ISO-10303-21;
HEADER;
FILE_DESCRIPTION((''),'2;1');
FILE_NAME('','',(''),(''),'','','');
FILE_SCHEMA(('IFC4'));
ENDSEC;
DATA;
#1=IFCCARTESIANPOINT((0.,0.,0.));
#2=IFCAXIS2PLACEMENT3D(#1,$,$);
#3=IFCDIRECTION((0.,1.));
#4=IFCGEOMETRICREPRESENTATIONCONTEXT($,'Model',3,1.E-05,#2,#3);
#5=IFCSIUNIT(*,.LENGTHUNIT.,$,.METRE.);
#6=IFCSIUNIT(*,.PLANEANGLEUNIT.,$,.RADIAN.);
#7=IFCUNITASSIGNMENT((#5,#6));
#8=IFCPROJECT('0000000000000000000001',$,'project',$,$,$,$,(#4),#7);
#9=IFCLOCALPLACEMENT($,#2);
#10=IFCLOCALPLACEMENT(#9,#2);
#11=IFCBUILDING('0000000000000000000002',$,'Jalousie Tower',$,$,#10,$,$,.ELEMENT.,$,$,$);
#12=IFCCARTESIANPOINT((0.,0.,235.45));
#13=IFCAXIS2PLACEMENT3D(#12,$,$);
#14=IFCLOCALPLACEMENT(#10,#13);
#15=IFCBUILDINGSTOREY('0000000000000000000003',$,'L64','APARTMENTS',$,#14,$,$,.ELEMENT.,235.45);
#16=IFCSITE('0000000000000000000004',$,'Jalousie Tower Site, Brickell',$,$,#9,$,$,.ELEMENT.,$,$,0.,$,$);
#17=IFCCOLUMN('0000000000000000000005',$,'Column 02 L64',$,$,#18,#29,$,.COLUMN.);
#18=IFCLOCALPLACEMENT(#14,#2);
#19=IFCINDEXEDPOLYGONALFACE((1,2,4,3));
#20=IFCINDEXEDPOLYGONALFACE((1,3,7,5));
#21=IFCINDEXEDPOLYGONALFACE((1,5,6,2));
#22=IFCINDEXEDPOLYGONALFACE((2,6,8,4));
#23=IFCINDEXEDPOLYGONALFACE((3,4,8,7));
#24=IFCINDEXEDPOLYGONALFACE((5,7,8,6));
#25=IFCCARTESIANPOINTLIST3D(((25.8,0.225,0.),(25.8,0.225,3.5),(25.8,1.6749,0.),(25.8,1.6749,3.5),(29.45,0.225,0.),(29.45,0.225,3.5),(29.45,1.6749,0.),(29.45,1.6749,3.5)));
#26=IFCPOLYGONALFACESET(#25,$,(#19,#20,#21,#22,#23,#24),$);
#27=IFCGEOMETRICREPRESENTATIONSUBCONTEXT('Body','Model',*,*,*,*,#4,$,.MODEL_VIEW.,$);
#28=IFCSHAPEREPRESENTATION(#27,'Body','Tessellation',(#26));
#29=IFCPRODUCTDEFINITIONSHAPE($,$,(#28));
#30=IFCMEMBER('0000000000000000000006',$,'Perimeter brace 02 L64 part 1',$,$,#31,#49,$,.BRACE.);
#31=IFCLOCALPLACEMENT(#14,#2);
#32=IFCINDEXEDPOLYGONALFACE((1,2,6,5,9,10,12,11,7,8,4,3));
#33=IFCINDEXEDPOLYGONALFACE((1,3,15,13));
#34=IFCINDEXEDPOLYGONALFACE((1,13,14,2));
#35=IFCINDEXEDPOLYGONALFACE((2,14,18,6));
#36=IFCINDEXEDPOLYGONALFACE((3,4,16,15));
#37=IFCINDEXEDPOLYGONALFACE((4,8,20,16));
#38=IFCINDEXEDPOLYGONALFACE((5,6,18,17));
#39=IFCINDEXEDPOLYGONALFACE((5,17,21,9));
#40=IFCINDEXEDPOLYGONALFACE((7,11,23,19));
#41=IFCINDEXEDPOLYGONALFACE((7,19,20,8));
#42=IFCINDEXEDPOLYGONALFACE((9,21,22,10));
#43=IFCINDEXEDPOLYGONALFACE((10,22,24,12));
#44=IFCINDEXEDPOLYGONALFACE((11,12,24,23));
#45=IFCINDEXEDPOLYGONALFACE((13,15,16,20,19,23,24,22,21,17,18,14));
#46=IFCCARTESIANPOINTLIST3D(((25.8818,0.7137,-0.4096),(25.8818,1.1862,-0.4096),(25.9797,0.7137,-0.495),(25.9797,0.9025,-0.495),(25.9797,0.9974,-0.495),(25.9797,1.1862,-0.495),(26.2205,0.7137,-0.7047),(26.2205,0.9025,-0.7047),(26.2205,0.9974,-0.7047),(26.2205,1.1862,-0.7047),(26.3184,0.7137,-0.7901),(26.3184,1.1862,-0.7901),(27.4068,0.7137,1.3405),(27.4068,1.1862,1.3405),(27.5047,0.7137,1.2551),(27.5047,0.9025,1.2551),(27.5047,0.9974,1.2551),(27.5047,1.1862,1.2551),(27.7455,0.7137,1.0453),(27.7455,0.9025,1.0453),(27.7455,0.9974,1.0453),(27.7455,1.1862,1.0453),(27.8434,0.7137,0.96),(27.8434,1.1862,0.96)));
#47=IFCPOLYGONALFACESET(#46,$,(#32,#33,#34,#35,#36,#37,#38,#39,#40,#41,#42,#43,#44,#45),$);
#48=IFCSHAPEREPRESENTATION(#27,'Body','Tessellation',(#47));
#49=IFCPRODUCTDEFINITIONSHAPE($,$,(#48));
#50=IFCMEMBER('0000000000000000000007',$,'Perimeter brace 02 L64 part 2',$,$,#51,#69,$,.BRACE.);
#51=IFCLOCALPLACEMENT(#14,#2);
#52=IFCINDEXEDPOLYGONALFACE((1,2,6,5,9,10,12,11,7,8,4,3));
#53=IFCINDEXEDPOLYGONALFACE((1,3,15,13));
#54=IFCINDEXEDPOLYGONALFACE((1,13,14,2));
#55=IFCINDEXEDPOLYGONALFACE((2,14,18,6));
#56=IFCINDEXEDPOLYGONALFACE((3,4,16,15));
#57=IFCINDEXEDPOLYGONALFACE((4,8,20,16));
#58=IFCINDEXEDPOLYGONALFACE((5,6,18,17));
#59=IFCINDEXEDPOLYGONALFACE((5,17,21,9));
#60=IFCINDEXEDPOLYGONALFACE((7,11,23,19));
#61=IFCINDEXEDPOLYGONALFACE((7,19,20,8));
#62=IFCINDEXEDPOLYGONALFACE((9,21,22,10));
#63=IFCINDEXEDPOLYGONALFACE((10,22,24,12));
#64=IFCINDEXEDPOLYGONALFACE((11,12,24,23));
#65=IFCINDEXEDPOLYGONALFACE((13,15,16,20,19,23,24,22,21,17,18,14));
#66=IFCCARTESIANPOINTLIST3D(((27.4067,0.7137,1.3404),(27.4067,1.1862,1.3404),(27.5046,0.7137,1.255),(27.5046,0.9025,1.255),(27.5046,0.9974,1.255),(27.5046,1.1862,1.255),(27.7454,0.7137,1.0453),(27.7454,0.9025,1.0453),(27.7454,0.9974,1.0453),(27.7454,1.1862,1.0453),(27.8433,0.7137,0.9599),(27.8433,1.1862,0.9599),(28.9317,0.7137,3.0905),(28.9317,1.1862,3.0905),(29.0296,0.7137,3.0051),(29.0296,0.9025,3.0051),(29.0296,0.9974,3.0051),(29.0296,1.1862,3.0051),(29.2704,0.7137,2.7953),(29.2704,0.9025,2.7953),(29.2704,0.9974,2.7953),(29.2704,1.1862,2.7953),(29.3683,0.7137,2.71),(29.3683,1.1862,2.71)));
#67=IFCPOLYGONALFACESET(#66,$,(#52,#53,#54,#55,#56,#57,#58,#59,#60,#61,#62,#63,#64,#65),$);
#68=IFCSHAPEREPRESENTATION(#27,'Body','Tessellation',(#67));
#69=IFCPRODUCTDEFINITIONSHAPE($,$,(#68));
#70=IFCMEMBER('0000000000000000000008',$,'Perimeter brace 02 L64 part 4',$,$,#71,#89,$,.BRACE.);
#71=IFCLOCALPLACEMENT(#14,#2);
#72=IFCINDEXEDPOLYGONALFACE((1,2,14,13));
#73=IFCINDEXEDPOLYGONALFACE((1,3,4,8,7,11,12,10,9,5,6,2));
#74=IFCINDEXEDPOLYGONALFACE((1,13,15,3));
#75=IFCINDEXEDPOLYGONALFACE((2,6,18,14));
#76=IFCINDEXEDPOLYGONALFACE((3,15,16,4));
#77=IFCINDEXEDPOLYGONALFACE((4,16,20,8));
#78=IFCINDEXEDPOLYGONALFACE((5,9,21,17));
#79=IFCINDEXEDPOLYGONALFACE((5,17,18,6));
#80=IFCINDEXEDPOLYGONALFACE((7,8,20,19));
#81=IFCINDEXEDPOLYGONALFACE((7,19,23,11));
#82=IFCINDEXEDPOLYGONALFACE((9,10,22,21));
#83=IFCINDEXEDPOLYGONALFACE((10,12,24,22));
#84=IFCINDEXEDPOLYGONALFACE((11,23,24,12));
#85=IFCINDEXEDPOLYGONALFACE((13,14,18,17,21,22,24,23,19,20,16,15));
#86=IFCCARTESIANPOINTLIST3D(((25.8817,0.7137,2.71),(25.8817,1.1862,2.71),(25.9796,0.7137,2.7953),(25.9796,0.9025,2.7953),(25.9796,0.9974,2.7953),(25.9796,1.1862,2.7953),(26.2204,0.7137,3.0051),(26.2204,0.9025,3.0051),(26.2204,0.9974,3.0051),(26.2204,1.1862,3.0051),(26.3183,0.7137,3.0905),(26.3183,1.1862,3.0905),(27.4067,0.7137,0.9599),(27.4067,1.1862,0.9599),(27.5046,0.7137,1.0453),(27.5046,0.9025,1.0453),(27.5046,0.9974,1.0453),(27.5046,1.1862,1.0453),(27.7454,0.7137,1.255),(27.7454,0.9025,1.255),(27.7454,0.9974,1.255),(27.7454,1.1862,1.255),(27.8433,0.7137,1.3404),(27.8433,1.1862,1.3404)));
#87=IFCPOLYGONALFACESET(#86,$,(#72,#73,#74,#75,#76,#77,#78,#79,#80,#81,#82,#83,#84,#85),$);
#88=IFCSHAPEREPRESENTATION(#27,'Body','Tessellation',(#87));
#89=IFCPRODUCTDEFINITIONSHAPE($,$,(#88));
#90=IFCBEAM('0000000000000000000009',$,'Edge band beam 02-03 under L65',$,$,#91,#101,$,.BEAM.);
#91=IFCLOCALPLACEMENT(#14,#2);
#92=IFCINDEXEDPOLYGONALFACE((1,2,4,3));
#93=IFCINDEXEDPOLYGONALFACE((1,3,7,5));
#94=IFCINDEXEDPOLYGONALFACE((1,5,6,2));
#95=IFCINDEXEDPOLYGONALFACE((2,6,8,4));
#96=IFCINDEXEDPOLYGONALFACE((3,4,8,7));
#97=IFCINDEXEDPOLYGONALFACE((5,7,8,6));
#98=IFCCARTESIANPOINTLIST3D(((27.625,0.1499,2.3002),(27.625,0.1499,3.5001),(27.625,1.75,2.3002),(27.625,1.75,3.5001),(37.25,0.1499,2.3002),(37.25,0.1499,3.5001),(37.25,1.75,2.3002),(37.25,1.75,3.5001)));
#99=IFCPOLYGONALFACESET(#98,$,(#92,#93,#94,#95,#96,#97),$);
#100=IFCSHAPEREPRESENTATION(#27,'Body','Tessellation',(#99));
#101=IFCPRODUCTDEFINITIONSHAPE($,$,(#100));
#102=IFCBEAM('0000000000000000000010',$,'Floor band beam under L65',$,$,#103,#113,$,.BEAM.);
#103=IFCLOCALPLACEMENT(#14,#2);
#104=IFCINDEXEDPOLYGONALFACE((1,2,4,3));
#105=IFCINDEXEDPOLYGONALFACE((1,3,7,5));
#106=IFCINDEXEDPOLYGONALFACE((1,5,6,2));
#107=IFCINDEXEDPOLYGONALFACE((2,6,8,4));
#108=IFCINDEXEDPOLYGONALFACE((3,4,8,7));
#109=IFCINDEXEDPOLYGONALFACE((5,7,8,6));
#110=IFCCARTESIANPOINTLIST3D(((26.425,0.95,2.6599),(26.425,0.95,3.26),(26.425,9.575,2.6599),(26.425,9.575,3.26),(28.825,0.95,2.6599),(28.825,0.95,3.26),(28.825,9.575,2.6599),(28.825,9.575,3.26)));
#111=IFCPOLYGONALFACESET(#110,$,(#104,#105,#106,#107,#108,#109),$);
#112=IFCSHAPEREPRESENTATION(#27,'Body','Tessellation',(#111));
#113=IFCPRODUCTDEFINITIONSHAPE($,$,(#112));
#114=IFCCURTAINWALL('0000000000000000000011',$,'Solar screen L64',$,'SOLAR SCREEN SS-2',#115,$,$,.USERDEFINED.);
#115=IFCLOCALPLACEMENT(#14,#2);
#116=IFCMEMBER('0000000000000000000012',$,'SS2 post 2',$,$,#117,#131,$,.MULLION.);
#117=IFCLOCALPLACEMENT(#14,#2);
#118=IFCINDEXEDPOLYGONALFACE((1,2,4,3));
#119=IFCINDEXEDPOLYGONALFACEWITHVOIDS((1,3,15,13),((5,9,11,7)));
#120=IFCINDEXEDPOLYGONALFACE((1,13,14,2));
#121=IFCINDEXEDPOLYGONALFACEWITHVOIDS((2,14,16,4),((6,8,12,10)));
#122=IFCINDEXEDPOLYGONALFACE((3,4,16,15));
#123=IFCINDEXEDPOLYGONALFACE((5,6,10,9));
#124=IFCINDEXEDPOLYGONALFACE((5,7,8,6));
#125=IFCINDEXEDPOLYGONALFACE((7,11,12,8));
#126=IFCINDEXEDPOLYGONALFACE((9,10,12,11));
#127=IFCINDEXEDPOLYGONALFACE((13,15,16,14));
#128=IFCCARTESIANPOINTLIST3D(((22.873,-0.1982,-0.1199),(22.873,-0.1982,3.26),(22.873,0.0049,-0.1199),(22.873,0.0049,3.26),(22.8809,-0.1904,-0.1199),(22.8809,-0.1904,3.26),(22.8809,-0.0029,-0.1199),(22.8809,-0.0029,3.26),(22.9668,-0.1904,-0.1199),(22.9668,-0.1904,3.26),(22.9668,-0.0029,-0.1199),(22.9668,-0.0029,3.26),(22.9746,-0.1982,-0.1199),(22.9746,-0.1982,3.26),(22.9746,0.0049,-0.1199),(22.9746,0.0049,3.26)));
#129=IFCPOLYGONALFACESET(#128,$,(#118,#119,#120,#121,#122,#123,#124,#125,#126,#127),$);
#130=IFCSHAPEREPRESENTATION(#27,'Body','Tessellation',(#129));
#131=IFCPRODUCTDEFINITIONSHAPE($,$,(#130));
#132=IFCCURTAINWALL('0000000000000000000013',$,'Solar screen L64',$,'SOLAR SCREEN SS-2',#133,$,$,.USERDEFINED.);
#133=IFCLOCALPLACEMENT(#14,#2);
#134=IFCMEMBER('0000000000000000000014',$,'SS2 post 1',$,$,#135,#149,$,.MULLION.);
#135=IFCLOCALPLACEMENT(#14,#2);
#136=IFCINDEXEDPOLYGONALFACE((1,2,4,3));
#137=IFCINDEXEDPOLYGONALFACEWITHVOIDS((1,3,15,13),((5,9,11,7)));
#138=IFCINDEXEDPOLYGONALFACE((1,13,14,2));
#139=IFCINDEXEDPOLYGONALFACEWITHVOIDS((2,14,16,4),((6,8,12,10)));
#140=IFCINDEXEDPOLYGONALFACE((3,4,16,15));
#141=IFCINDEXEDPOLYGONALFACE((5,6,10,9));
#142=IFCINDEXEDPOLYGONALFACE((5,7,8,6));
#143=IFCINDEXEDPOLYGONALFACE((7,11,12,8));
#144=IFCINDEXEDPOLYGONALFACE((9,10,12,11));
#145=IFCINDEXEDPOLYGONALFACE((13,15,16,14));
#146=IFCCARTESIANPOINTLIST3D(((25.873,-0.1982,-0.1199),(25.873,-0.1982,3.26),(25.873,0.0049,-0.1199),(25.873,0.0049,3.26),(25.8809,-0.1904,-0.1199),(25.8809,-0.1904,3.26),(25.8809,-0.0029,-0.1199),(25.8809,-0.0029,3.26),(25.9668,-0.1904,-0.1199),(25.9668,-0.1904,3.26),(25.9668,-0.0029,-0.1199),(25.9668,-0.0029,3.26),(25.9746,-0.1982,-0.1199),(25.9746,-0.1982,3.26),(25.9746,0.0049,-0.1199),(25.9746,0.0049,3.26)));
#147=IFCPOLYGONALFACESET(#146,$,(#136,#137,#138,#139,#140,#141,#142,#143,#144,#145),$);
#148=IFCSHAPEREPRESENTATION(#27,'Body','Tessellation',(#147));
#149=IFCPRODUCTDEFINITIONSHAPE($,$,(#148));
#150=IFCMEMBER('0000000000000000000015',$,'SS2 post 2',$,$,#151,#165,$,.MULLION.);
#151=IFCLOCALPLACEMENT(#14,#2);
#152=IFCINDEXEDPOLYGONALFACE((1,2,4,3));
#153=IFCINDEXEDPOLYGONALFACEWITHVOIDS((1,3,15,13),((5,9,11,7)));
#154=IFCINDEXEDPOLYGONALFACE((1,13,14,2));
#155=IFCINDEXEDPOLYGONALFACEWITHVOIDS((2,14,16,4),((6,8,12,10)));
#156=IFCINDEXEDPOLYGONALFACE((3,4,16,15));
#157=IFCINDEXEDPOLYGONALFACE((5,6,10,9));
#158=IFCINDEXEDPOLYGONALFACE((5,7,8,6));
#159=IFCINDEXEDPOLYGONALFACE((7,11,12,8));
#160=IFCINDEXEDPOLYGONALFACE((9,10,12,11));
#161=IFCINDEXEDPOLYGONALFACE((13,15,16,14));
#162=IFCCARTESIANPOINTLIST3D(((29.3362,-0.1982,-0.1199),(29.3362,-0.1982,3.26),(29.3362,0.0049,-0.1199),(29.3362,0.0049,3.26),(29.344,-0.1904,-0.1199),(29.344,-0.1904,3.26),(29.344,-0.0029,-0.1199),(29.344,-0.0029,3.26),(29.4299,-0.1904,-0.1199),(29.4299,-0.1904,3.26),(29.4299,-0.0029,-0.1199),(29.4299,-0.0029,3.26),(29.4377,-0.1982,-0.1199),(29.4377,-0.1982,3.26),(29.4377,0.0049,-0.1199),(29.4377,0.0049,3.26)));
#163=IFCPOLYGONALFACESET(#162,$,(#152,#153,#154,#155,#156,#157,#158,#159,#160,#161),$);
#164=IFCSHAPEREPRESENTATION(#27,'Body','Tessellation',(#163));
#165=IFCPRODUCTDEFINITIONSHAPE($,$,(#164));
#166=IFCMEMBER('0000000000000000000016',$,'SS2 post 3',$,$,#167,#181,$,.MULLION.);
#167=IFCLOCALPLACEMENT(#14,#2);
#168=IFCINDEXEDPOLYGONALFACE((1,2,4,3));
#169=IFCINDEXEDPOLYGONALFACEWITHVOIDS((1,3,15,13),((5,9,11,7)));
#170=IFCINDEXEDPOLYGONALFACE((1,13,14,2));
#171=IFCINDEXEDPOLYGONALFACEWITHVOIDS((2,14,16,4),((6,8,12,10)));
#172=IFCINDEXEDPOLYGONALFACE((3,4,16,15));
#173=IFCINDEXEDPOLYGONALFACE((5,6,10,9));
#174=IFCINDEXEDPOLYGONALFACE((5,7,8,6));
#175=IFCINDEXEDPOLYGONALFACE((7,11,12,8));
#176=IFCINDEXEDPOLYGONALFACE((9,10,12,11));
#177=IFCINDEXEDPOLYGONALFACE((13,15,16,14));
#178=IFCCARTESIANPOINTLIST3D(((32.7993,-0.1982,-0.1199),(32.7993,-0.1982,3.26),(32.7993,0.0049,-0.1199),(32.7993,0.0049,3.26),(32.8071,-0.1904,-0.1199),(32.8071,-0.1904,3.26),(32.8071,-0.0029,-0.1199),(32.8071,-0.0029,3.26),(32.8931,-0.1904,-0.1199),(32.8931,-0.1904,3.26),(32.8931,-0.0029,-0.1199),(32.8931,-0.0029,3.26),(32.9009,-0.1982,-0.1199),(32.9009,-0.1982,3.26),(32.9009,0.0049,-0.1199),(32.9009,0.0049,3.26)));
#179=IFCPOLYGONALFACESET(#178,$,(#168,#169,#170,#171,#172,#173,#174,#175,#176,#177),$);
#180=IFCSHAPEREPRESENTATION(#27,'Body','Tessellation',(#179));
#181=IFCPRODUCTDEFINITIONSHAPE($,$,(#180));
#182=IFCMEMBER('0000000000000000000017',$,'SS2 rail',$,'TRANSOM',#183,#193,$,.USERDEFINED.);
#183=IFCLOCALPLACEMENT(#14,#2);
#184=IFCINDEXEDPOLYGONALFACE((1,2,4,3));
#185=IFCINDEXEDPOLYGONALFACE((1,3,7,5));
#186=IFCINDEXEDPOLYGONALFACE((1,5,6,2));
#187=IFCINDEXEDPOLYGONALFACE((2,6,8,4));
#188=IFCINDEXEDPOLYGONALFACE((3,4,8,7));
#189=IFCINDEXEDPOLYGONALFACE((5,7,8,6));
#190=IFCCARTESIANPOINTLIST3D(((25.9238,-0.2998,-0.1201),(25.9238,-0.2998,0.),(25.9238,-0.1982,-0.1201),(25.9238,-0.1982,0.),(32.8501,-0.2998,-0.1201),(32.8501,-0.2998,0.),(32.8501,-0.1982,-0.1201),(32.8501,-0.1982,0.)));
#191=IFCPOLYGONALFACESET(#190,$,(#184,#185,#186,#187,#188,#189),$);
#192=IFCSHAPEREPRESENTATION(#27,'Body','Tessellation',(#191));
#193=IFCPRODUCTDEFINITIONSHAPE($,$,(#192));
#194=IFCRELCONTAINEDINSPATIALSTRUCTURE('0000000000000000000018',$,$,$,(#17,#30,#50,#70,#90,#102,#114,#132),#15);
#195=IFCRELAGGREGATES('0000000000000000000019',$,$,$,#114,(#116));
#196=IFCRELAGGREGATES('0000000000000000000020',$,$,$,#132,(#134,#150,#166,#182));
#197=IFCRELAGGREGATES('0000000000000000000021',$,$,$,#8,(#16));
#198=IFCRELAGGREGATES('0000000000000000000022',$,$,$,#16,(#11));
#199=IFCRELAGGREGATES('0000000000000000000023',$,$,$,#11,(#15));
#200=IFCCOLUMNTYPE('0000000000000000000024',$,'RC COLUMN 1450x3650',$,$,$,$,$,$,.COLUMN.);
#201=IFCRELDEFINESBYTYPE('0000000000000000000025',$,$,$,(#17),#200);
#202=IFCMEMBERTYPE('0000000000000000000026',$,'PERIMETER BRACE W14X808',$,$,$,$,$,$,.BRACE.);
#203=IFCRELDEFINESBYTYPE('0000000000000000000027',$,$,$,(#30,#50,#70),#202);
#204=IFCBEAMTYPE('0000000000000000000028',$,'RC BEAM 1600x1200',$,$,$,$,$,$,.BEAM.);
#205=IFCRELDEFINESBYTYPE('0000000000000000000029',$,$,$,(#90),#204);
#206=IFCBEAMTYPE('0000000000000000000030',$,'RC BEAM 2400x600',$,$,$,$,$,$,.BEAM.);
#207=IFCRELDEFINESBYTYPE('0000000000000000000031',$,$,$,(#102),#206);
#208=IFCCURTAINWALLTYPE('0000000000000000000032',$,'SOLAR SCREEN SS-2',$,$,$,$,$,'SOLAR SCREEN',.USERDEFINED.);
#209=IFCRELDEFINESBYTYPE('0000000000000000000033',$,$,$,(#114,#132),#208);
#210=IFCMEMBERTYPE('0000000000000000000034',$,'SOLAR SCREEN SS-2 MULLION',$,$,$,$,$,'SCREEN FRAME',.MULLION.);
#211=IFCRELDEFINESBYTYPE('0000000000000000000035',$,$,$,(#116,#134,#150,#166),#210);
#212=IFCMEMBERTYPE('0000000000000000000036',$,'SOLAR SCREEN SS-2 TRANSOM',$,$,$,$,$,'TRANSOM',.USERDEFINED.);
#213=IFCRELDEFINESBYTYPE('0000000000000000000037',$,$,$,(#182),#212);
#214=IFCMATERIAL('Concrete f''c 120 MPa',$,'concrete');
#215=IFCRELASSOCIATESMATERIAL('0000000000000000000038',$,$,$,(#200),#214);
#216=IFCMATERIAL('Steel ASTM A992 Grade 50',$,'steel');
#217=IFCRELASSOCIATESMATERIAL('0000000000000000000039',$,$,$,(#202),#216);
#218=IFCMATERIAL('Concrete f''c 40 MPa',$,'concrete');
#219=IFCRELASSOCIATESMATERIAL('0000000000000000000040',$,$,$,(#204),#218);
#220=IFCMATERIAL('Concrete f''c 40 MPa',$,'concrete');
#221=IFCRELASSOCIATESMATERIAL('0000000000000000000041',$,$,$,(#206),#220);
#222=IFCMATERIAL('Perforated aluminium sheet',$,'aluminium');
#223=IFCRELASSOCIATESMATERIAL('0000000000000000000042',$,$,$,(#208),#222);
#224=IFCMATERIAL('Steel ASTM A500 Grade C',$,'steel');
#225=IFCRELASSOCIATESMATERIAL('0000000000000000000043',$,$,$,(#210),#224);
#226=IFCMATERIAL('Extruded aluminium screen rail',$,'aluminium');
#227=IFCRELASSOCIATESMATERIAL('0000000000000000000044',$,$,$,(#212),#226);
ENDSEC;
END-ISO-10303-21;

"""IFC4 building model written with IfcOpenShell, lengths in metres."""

from ifc_helpers import new_model, si_unit, direction, frame, origin, origin_2d, place, context, subcontext, project, spatial, rectangle, hollow_rectangle, i_section, extrude, material, material_profile, profile_set, type_object, element, aggregate, save


model = new_model("IFC4")

# Units and contexts
model_context = context("Model", 3, precision=1e-05, world=origin(), true_north=direction((0.0, 1.0)))
body_context = subcontext(model_context, "Body", "Model", "MODEL_VIEW")
ifc_project = project(units=[si_unit("LENGTHUNIT", "METRE"), si_unit("PLANEANGLEUNIT", "RADIAN")], contexts=[model_context])

# Site, building, storey
site_placement = place(None, origin())
site = spatial("IfcSite", under=ifc_project, at=site_placement, Name="Jalousie Tower Site, Brickell", CompositionType="ELEMENT", RefElevation=0.0)
building_placement = place(site_placement, origin())
building = spatial("IfcBuilding", under=site, at=building_placement, Name="Jalousie Tower", CompositionType="ELEMENT")
storey_placement = place(building_placement, frame((0.0, 0.0, 235.45)))
storey = spatial("IfcBuildingStorey", under=building, at=storey_placement, Name="L64", Description="APARTMENTS", CompositionType="ELEMENT", Elevation=235.45)

# Column
ifc_material_1 = material(Name="Concrete f'c 120 MPa", Category="concrete")
ifc_material_profile_1 = material_profile(ifc_material_1, rectangle(XDim=1.45, YDim=3.6499, at=origin_2d()), Name="RC 1450x3650")
ifc_profile_set_1 = profile_set([ifc_material_profile_1], Name="Concrete f'c 120 MPa")
column_type = type_object("IfcColumnType", Name="RC COLUMN 1450x3650", PredefinedType="COLUMN", material=ifc_profile_set_1)
column_placement = place(storey_placement, frame((27.625, 0.95, 0.0), z_axis=(0.0, 0.0, 1.0), x_axis=(0.0, 1.0, 0.0)))
element("IfcColumn", 1, at=column_placement, inside=storey, type_object=column_type, Name="Column 02 L64", PredefinedType="COLUMN", context=body_context, shape_type="SweptSolid", body=[
    extrude(rectangle(XDim=1.45, YDim=3.6499, at=origin_2d()), origin(), (0.0, 0.0, 1.0), 3.5),
])

# Members
ifc_material_2 = material(Name="Steel ASTM A992 Grade 50", Category="steel")
ifc_material_profile_2 = material_profile(ifc_material_2, i_section(OverallWidth=0.4724, OverallDepth=0.5791, WebThickness=0.095, FlangeThickness=0.1299, at=origin_2d()), Name="W14X808")
ifc_profile_set_2 = profile_set([ifc_material_profile_2], Name="Steel ASTM A992 Grade 50")
member_type_1 = type_object("IfcMemberType", Name="PERIMETER BRACE W14X808", PredefinedType="BRACE", material=ifc_profile_set_2)
for number, where, z_axis, x_axis, name in (
    (2, (26.1001, 0.95, -0.5999), (0.656954, 0.0, 0.75393), (0.0, 1.0, 0.0), "Perimeter brace 02 L64 part 1"),
    (3, (27.625, 0.95, 1.1501), (0.656954, 0.0, 0.75393), (0.0, 1.0, 0.0), "Perimeter brace 02 L64 part 2"),
    (4, (27.625, 0.95, 1.1501), (-0.656954, 0.0, 0.75393), (0.0, -1.0, 0.0), "Perimeter brace 02 L64 part 4"),
):
    element("IfcMember", number, at=place(storey_placement, frame(where, z_axis=z_axis, x_axis=x_axis)), inside=storey, type_object=member_type_1, Name=name, PredefinedType="BRACE", context=body_context, shape_type="SweptSolid", body=[
        extrude(i_section(OverallWidth=0.4724, OverallDepth=0.5791, WebThickness=0.095, FlangeThickness=0.1299, at=origin_2d()), origin(), (0.0, 0.0, 1.0), 2.3213),
    ])

# Beams
ifc_material_3 = material(Name="Concrete f'c 40 MPa", Category="concrete")
ifc_material_profile_3 = material_profile(ifc_material_3, rectangle(XDim=1.6001, YDim=1.2, at=origin_2d()), Name="RC 1600x1200")
ifc_profile_set_3 = profile_set([ifc_material_profile_3], Name="Concrete f'c 40 MPa")
beam_type_1 = type_object("IfcBeamType", Name="RC BEAM 1600x1200", PredefinedType="BEAM", material=ifc_profile_set_3)
beam_1_placement = place(storey_placement, frame((27.625, 0.95, 2.9001), z_axis=(1.0, 0.0, 0.0), x_axis=(0.0, 1.0, 0.0)))
element("IfcBeam", 5, at=beam_1_placement, inside=storey, type_object=beam_type_1, Name="Edge band beam 02-03 under L65", PredefinedType="BEAM", context=body_context, shape_type="SweptSolid", body=[
    extrude(rectangle(XDim=1.6001, YDim=1.2, at=origin_2d()), origin(), (0.0, 0.0, 1.0), 9.625),
])
ifc_material_4 = material(Name="Concrete f'c 40 MPa", Category="concrete")
ifc_material_profile_4 = material_profile(ifc_material_4, rectangle(XDim=2.3999, YDim=0.6001, at=origin_2d()), Name="RC 2400x600")
ifc_profile_set_4 = profile_set([ifc_material_profile_4], Name="Concrete f'c 40 MPa")
beam_type_2 = type_object("IfcBeamType", Name="RC BEAM 2400x600", PredefinedType="BEAM", material=ifc_profile_set_4)
beam_2_placement = place(storey_placement, frame((27.625, 0.95, 2.96), z_axis=(0.0, 1.0, 0.0), x_axis=(-1.0, 0.0, 0.0)))
element("IfcBeam", 6, at=beam_2_placement, inside=storey, type_object=beam_type_2, Name="Floor band beam under L65", PredefinedType="BEAM", context=body_context, shape_type="SweptSolid", body=[
    extrude(rectangle(XDim=2.3999, YDim=0.6001, at=origin_2d()), origin(), (0.0, 0.0, 1.0), 8.625),
])

# Curtain wall, member
ifc_material_5 = material(Name="Perforated aluminium sheet", Category="aluminium")
curtain_wall_type = type_object("IfcCurtainWallType", Name="SOLAR SCREEN SS-2", ElementType="SOLAR SCREEN", PredefinedType="USERDEFINED", material=ifc_material_5)
curtain_wall_1_placement = place(storey_placement, origin())
curtain_wall_1 = element("IfcCurtainWall", 7, at=curtain_wall_1_placement, inside=storey, type_object=curtain_wall_type, Name="Solar screen L64", ObjectType="SOLAR SCREEN SS-2", PredefinedType="USERDEFINED")
ifc_material_6 = material(Name="Steel ASTM A500 Grade C", Category="steel")
ifc_material_profile_5 = material_profile(ifc_material_6, hollow_rectangle(XDim=0.1016, YDim=0.2031, WallThickness=0.0078, at=origin_2d()), Name="HSS8X4X5/16")
ifc_profile_set_5 = profile_set([ifc_material_profile_5], Name="Steel ASTM A500 Grade C")
member_type_2 = type_object("IfcMemberType", Name="SOLAR SCREEN SS-2 MULLION", ElementType="SCREEN FRAME", PredefinedType="MULLION", material=ifc_profile_set_5)
member_1_placement = place(storey_placement, frame((22.9238, -0.0967, -0.1199), z_axis=(0.0, 0.0, 1.0), x_axis=(1.0, 0.0, 0.0)))
member_1 = element("IfcMember", 8, at=member_1_placement, type_object=member_type_2, Name="SS2 post 2", PredefinedType="MULLION", context=body_context, shape_type="SweptSolid", body=[
    extrude(hollow_rectangle(XDim=0.1016, YDim=0.2031, WallThickness=0.0078, at=origin_2d()), origin(), (0.0, 0.0, 1.0), 3.3799),
])
aggregate(curtain_wall_1, [member_1])

# Curtain wall, members
curtain_wall_2_placement = place(storey_placement, origin())
curtain_wall_2 = element("IfcCurtainWall", 9, at=curtain_wall_2_placement, inside=storey, type_object=curtain_wall_type, Name="Solar screen L64", ObjectType="SOLAR SCREEN SS-2", PredefinedType="USERDEFINED")
member_2_placement = place(storey_placement, frame((25.9238, -0.0967, -0.1199), z_axis=(0.0, 0.0, 1.0), x_axis=(1.0, 0.0, 0.0)))
member_2 = element("IfcMember", 10, at=member_2_placement, type_object=member_type_2, Name="SS2 post 1", PredefinedType="MULLION", context=body_context, shape_type="SweptSolid", body=[
    extrude(hollow_rectangle(XDim=0.1016, YDim=0.2031, WallThickness=0.0078, at=origin_2d()), origin(), (0.0, 0.0, 1.0), 3.3799),
])
member_3_placement = place(storey_placement, frame((29.387, -0.0967, -0.1199), z_axis=(0.0, 0.0, 1.0), x_axis=(1.0, 0.0, 0.0)))
member_3 = element("IfcMember", 11, at=member_3_placement, type_object=member_type_2, Name="SS2 post 2", PredefinedType="MULLION", context=body_context, shape_type="SweptSolid", body=[
    extrude(hollow_rectangle(XDim=0.1016, YDim=0.2031, WallThickness=0.0078, at=origin_2d()), origin(), (0.0, 0.0, 1.0), 3.3799),
])
member_4_placement = place(storey_placement, frame((32.8501, -0.0967, -0.1199), z_axis=(0.0, 0.0, 1.0), x_axis=(1.0, 0.0, 0.0)))
member_4 = element("IfcMember", 12, at=member_4_placement, type_object=member_type_2, Name="SS2 post 3", PredefinedType="MULLION", context=body_context, shape_type="SweptSolid", body=[
    extrude(hollow_rectangle(XDim=0.1016, YDim=0.2031, WallThickness=0.0078, at=origin_2d()), origin(), (0.0, 0.0, 1.0), 3.3799),
])
ifc_material_7 = material(Name="Extruded aluminium screen rail", Category="aluminium")
ifc_material_profile_6 = material_profile(ifc_material_7, rectangle(XDim=0.1016, YDim=0.1201, at=origin_2d()), Name="RAIL 102x120")
ifc_profile_set_6 = profile_set([ifc_material_profile_6], Name="Extruded aluminium screen rail")
member_type_3 = type_object("IfcMemberType", Name="SOLAR SCREEN SS-2 TRANSOM", ElementType="TRANSOM", PredefinedType="USERDEFINED", material=ifc_profile_set_6)
member_5_placement = place(storey_placement, frame((25.9238, -0.249, -0.0601), z_axis=(1.0, 0.0, 0.0), x_axis=(0.0, 1.0, 0.0)))
member_5 = element("IfcMember", 13, at=member_5_placement, type_object=member_type_3, Name="SS2 rail", ObjectType="TRANSOM", PredefinedType="USERDEFINED", context=body_context, shape_type="SweptSolid", body=[
    extrude(rectangle(XDim=0.1016, YDim=0.1201, at=origin_2d()), origin(), (0.0, 0.0, 1.0), 6.9263),
])
aggregate(curtain_wall_2, [member_2, member_3, member_4, member_5])

save(model, "model.ifc")
